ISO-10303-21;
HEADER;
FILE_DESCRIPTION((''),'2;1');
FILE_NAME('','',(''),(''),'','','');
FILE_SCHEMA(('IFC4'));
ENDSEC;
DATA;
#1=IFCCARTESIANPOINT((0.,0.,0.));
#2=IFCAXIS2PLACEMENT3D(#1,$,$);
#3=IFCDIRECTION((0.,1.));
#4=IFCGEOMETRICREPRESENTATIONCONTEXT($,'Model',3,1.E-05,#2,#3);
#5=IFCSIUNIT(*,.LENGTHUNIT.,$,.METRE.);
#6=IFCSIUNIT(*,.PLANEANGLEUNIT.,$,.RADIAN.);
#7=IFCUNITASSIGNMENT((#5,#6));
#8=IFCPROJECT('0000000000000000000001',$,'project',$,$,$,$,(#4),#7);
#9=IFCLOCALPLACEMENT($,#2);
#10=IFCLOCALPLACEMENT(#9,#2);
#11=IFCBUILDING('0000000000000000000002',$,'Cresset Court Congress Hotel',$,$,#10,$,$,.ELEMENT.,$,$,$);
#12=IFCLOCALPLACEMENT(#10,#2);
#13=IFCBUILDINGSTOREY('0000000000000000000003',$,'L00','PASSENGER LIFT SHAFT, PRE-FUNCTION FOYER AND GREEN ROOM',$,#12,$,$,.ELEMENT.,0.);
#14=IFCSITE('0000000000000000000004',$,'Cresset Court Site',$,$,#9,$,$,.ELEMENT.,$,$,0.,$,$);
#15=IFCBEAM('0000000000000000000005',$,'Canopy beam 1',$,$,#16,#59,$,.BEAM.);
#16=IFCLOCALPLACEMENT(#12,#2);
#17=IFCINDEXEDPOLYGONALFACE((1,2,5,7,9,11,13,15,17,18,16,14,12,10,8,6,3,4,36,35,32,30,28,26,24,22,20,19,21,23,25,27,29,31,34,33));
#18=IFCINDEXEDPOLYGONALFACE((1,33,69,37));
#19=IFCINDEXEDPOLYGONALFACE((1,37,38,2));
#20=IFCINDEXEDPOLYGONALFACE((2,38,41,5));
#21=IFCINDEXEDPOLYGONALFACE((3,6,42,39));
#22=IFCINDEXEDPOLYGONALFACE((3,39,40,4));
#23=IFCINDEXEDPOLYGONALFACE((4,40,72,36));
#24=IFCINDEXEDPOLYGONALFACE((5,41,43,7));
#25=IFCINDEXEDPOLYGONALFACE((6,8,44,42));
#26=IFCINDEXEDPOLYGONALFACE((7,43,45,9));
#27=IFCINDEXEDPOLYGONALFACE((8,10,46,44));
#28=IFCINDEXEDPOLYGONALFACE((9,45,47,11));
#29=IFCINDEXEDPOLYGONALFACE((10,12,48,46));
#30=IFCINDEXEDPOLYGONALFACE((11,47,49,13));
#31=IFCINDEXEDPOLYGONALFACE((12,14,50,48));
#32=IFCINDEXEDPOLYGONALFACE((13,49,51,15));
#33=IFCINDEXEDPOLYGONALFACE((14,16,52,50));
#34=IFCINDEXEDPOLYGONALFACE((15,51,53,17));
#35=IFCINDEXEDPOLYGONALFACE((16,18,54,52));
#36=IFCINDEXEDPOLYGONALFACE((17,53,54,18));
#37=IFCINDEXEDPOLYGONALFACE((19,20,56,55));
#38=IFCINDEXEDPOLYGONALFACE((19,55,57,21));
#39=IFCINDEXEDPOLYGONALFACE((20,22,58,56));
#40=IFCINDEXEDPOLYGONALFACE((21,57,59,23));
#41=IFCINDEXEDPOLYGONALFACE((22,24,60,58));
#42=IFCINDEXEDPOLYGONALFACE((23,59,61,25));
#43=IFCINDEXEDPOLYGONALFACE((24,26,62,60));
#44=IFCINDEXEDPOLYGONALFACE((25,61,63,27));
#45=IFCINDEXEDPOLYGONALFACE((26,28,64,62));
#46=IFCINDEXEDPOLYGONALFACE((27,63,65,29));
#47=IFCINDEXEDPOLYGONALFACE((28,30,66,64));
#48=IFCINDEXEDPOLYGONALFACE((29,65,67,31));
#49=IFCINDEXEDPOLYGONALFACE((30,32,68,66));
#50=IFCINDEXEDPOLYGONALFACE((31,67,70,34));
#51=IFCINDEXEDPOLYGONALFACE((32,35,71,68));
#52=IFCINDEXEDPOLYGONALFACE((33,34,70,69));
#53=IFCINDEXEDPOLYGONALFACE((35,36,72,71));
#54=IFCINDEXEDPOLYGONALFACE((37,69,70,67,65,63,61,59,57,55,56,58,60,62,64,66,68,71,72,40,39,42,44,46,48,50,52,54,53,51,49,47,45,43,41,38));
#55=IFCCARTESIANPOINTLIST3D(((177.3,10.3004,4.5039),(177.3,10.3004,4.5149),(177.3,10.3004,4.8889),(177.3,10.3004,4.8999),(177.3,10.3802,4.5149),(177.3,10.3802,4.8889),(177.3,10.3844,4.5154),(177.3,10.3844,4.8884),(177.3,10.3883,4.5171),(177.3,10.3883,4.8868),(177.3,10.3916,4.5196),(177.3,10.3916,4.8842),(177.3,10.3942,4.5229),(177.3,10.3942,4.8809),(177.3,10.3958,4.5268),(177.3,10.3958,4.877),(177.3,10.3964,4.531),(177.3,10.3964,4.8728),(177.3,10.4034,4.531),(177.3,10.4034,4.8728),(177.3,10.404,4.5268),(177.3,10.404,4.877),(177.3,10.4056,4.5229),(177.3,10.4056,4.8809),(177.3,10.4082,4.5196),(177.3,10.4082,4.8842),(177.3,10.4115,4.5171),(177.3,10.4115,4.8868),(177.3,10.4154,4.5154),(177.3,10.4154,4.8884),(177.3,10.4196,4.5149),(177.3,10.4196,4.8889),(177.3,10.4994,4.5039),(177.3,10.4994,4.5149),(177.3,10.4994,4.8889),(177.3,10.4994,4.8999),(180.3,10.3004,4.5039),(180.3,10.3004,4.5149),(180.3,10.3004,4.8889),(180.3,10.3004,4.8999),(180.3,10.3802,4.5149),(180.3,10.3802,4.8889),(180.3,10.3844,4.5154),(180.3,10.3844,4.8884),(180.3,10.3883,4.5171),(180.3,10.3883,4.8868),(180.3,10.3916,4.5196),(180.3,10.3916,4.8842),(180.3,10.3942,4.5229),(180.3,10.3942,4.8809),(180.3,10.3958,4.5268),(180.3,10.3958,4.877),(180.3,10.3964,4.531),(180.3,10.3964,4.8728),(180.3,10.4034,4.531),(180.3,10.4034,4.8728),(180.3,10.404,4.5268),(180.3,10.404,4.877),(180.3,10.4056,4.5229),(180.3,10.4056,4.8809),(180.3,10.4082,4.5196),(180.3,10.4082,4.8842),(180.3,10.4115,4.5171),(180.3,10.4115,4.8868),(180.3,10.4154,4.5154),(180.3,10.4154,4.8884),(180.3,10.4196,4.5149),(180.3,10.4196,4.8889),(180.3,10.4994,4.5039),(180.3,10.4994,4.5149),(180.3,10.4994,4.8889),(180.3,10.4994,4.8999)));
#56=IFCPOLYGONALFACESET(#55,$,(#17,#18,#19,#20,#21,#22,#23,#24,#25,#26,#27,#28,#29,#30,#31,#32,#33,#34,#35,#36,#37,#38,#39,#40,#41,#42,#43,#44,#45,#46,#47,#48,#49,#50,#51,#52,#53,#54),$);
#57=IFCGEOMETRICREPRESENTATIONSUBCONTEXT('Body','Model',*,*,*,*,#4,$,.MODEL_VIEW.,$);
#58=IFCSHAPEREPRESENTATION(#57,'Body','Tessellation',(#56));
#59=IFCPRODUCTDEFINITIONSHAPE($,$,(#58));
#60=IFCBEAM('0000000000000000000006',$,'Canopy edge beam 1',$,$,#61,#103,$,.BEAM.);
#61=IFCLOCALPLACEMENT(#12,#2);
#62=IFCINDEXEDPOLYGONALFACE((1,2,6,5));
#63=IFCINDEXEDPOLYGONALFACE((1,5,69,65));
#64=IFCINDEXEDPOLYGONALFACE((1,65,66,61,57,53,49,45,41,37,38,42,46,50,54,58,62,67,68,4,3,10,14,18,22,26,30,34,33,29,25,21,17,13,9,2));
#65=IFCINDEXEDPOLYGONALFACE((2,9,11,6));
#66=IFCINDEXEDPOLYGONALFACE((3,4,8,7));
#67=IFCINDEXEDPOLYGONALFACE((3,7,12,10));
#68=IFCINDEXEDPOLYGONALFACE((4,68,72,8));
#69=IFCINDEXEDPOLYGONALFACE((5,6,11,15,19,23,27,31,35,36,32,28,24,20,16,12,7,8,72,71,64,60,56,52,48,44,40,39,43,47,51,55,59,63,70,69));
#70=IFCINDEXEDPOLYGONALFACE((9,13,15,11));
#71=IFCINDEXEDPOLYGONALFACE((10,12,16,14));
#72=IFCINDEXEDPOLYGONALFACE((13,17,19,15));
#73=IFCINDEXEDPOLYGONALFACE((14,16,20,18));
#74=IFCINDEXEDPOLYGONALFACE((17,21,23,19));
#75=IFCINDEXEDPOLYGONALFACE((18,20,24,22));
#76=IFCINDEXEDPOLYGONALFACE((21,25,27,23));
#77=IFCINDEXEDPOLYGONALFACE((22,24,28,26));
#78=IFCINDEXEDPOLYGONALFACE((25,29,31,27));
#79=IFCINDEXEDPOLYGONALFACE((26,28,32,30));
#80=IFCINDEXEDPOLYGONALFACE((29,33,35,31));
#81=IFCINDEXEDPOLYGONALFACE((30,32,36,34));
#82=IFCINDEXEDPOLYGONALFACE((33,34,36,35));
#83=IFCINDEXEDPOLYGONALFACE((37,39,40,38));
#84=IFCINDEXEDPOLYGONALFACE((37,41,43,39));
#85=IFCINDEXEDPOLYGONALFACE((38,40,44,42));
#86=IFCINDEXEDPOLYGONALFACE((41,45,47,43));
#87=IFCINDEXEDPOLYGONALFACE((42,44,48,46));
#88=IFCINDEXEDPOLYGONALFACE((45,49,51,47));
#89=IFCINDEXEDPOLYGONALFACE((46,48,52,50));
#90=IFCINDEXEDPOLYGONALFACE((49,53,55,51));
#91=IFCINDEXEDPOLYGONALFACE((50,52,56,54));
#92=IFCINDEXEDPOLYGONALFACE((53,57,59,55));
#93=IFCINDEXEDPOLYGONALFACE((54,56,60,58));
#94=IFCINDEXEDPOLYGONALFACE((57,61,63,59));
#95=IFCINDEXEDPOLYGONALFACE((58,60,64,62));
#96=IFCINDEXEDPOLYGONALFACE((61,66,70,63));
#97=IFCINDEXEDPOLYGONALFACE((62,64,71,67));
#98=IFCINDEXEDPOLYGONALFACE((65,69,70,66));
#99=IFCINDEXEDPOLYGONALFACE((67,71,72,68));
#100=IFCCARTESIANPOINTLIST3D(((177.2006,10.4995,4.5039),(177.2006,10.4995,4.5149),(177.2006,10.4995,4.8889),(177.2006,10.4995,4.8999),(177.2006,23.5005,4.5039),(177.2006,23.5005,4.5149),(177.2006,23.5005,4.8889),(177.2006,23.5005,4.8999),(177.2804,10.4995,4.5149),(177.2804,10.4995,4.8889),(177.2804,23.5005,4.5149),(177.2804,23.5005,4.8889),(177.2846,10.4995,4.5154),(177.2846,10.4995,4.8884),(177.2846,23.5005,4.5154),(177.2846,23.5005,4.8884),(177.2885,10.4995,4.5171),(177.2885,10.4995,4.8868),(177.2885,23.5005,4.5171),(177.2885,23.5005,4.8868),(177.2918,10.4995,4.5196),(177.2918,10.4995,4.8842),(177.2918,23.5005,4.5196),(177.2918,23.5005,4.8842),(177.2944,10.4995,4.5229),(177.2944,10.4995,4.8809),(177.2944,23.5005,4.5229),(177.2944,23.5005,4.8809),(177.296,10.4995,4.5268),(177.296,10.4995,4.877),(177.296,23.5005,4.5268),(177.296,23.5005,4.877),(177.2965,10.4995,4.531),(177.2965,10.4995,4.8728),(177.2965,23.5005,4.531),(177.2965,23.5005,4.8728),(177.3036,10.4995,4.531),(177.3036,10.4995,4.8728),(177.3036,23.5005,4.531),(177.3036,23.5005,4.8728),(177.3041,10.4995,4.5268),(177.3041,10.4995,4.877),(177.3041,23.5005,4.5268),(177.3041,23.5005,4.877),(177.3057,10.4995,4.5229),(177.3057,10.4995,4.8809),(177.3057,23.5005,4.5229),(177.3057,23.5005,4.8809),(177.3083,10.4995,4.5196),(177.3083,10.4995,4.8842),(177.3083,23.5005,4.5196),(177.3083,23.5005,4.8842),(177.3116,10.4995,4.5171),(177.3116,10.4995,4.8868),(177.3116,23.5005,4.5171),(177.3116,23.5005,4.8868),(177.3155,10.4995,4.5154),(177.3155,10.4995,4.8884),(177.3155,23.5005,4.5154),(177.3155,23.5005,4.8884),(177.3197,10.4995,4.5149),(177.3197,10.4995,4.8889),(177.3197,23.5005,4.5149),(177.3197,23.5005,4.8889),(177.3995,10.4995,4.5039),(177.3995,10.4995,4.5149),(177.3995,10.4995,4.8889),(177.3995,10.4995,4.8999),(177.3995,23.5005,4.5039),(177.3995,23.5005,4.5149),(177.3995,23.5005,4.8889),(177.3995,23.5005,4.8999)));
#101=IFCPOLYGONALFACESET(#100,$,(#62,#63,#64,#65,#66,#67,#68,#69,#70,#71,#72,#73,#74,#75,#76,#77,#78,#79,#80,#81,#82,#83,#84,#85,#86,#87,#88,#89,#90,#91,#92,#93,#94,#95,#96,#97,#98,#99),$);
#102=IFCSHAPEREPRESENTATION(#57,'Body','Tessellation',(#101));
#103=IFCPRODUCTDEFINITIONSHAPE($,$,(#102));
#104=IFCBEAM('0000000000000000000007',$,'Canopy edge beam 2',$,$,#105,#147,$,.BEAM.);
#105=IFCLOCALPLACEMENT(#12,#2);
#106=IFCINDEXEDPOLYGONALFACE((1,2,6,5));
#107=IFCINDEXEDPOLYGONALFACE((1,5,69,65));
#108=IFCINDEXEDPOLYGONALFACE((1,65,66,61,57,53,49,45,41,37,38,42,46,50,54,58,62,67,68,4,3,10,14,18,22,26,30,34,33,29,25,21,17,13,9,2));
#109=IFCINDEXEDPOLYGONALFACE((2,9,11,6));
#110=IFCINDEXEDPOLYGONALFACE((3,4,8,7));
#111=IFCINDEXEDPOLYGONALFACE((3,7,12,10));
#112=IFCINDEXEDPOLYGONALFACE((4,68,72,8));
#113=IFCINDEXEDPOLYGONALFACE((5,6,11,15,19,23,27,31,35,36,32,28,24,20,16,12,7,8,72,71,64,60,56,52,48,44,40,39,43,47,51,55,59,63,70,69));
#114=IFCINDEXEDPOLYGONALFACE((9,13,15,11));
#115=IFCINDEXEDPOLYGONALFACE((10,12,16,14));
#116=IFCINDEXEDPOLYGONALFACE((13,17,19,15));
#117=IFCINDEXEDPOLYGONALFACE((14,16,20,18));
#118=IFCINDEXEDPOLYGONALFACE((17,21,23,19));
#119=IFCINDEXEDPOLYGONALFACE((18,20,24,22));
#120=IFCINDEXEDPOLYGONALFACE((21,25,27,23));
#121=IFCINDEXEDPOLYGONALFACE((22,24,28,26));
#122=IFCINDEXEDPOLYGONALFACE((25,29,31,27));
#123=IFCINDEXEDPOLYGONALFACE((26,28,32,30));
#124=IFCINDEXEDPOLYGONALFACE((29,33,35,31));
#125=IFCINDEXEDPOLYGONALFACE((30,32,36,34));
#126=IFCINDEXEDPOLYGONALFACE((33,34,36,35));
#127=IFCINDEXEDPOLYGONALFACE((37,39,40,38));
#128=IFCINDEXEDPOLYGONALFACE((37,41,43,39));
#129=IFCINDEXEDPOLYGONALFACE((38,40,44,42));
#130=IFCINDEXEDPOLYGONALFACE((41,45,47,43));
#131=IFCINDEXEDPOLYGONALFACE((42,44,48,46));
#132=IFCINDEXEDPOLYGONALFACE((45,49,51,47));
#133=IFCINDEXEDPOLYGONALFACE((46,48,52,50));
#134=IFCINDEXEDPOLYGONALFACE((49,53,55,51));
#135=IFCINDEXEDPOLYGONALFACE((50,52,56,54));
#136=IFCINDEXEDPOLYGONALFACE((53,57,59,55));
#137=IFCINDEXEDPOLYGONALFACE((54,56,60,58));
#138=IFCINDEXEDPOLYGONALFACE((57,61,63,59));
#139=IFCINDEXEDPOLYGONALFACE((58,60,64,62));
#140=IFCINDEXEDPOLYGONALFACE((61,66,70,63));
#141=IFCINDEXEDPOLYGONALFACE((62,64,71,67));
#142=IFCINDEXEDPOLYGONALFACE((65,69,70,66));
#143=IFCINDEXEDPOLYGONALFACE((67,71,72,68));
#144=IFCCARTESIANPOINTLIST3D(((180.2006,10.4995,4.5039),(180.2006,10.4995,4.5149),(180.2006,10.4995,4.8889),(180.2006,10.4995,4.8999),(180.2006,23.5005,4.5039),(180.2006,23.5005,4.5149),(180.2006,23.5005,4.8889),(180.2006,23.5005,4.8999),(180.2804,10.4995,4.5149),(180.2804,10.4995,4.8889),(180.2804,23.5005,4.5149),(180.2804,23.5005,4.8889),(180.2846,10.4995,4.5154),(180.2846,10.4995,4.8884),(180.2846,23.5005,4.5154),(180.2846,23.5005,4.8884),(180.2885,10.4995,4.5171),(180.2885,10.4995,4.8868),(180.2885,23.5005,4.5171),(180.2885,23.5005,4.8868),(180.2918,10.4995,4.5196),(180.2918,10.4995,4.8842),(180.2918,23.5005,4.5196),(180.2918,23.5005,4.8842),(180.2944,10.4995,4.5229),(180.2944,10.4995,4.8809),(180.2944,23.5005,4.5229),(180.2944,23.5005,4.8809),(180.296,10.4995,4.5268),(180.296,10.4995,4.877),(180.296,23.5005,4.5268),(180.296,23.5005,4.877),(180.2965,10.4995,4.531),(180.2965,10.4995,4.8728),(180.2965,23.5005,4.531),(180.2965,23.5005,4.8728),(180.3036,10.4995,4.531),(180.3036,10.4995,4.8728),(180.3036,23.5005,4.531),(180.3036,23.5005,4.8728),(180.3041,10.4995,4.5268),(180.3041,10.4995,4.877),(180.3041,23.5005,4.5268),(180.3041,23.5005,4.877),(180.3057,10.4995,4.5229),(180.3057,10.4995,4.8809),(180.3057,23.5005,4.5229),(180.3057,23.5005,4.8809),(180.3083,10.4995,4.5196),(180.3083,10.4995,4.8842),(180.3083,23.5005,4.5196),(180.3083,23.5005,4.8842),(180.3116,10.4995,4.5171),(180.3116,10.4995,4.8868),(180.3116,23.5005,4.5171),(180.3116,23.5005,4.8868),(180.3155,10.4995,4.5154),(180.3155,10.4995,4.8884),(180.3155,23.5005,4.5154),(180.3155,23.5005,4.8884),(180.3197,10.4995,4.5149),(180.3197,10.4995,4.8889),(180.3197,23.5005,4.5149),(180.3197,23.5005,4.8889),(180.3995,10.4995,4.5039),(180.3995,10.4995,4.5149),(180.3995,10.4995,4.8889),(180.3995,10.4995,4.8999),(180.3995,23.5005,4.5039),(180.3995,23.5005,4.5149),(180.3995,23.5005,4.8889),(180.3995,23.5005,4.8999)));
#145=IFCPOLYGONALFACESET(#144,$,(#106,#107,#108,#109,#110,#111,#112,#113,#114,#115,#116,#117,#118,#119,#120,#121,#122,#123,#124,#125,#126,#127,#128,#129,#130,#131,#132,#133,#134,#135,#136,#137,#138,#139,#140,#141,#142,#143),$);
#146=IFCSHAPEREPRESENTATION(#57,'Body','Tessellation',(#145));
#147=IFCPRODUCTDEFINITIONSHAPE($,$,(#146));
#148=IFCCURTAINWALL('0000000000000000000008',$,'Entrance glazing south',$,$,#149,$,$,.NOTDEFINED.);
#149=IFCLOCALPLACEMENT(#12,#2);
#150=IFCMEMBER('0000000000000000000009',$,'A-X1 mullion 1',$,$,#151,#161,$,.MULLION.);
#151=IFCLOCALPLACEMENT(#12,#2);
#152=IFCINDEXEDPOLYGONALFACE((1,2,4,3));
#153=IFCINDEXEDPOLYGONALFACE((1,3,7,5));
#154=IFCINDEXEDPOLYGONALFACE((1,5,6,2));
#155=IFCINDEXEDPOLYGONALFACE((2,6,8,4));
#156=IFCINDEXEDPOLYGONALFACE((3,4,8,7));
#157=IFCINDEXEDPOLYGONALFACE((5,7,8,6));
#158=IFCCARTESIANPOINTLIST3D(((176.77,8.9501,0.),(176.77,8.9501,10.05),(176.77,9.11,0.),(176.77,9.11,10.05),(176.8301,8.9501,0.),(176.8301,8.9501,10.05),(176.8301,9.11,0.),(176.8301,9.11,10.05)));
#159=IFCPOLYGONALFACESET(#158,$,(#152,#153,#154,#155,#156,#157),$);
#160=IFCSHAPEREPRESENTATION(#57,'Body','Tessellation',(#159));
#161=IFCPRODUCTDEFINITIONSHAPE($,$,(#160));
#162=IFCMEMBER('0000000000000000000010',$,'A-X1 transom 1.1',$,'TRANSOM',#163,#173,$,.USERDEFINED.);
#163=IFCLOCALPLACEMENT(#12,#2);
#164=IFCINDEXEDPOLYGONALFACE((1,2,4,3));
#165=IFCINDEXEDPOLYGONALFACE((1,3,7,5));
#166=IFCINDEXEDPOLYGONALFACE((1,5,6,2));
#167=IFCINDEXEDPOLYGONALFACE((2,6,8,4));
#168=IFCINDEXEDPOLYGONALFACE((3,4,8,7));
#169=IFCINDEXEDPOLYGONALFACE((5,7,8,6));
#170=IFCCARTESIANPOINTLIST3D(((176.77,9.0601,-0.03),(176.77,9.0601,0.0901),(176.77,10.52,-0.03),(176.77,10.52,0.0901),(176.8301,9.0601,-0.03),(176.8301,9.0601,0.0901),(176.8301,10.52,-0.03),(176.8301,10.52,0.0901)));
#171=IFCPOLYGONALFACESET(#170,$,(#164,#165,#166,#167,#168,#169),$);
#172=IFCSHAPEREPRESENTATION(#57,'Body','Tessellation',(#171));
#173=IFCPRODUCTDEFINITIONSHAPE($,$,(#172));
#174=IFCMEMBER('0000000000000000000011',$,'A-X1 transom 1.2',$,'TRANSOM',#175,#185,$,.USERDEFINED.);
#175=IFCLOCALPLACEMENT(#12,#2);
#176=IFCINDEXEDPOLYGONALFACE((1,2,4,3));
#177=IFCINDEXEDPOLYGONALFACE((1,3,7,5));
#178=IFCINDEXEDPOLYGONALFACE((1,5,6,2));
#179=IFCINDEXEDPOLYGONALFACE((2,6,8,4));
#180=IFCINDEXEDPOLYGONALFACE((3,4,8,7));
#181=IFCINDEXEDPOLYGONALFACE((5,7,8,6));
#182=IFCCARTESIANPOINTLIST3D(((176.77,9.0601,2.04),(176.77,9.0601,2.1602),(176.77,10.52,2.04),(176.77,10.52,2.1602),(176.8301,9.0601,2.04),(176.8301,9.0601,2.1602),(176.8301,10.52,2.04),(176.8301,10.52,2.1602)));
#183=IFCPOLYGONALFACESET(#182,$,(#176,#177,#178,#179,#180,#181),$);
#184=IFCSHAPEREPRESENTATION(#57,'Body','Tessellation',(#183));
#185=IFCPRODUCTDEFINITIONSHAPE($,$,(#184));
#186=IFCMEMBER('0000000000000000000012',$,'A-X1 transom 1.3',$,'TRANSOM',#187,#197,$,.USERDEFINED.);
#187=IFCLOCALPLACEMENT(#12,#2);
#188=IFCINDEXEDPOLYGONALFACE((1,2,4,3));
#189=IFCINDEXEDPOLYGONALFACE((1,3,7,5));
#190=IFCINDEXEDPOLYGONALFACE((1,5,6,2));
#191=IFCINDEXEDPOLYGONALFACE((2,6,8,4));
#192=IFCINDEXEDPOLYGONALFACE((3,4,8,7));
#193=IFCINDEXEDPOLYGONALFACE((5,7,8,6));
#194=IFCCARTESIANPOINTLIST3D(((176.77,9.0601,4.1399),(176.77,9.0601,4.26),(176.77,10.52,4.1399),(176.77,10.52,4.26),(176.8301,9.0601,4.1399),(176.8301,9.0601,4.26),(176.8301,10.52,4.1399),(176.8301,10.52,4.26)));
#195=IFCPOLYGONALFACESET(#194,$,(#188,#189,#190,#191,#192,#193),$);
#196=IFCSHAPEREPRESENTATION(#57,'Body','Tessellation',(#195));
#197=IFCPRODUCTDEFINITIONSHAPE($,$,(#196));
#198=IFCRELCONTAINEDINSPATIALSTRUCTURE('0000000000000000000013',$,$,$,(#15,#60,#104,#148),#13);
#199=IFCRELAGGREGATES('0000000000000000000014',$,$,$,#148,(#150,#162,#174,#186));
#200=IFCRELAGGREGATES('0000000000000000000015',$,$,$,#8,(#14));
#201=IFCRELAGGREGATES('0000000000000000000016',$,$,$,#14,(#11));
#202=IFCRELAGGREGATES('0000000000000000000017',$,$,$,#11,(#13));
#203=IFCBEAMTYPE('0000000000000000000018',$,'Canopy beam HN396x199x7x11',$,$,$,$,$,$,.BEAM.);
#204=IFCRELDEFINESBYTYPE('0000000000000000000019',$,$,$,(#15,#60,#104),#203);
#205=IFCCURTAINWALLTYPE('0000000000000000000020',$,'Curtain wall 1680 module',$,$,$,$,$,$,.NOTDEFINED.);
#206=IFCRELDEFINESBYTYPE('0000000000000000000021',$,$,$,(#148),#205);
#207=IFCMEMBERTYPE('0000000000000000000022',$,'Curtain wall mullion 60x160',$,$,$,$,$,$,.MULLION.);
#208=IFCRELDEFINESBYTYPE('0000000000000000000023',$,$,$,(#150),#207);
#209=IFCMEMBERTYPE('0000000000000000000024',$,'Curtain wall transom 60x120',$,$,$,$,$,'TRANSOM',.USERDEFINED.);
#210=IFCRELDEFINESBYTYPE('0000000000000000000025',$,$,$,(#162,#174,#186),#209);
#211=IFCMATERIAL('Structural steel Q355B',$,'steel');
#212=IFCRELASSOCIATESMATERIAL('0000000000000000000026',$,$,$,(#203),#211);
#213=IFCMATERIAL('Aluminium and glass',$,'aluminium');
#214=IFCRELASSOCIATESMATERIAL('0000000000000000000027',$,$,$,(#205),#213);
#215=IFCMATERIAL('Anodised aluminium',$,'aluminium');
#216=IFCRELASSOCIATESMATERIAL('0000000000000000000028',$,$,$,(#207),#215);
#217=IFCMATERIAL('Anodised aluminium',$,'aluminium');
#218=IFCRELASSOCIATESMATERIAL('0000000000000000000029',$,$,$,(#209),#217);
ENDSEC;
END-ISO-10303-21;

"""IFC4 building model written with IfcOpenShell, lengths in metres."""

from ifc_helpers import new_model, si_unit, direction, frame, origin, origin_2d, place, context, subcontext, project, spatial, rectangle, i_section, extrude, material, material_profile, profile_set, type_object, element, aggregate, save


model = new_model("IFC4")

# Units and contexts
model_context = context("Model", 3, precision=1e-05, world=origin(), true_north=direction((0.0, 1.0)))
body_context = subcontext(model_context, "Body", "Model", "MODEL_VIEW")
ifc_project = project(units=[si_unit("LENGTHUNIT", "METRE"), si_unit("PLANEANGLEUNIT", "RADIAN")], contexts=[model_context])

# Site, building, storey
site_placement = place(None, origin())
site = spatial("IfcSite", under=ifc_project, at=site_placement, Name="Cresset Court Site", CompositionType="ELEMENT", RefElevation=0.0)
building_placement = place(site_placement, origin())
building = spatial("IfcBuilding", under=site, at=building_placement, Name="Cresset Court Congress Hotel", CompositionType="ELEMENT")
storey_placement = place(building_placement, origin())
storey = spatial("IfcBuildingStorey", under=building, at=storey_placement, Name="L00", Description="PASSENGER LIFT SHAFT, PRE-FUNCTION FOYER AND GREEN ROOM", CompositionType="ELEMENT", Elevation=0.0)

# Beams
ifc_material_1 = material(Name="Structural steel Q355B", Category="steel")
ifc_material_profile_1 = material_profile(ifc_material_1, i_section(OverallWidth=0.199, OverallDepth=0.396, WebThickness=0.0071, FlangeThickness=0.011, FilletRadius=0.0161, at=origin_2d()), Name="HN396x199x7x11")
ifc_profile_set_1 = profile_set([ifc_material_profile_1], Name="Structural steel Q355B")
beam_type = type_object("IfcBeamType", Name="Canopy beam HN396x199x7x11", PredefinedType="BEAM", material=ifc_profile_set_1)
beam_placement = place(storey_placement, frame((177.3, 10.3999, 4.7019), z_axis=(1.0, 0.0, 0.0), x_axis=(0.0, 1.0, 0.0)))
element("IfcBeam", 1, at=beam_placement, inside=storey, type_object=beam_type, Name="Canopy beam 1", PredefinedType="BEAM", context=body_context, shape_type="SweptSolid", body=[
    extrude(i_section(OverallWidth=0.199, OverallDepth=0.396, WebThickness=0.0071, FlangeThickness=0.011, FilletRadius=0.0161, at=origin_2d()), origin(), (0.0, 0.0, 1.0), 3.0),
])
for number, where, z_axis, x_axis, name in (
    (2, (177.3, 10.4995, 4.7019), (0.0, 1.0, 0.0), (-1.0, 0.0, 0.0), "Canopy edge beam 1"),
    (3, (180.3, 10.4995, 4.7019), (0.0, 1.0, 0.0), (-1.0, 0.0, 0.0), "Canopy edge beam 2"),
):
    element("IfcBeam", number, at=place(storey_placement, frame(where, z_axis=z_axis, x_axis=x_axis)), inside=storey, type_object=beam_type, Name=name, PredefinedType="BEAM", context=body_context, shape_type="SweptSolid", body=[
        extrude(i_section(OverallWidth=0.199, OverallDepth=0.396, WebThickness=0.0071, FlangeThickness=0.011, FilletRadius=0.0161, at=origin_2d()), origin(), (0.0, 0.0, 1.0), 13.001),
    ])

# Curtain wall, members
ifc_material_2 = material(Name="Aluminium and glass", Category="aluminium")
curtain_wall_type = type_object("IfcCurtainWallType", Name="Curtain wall 1680 module", PredefinedType="NOTDEFINED", material=ifc_material_2)
curtain_wall_placement = place(storey_placement, origin())
curtain_wall = element("IfcCurtainWall", 4, at=curtain_wall_placement, inside=storey, type_object=curtain_wall_type, Name="Entrance glazing south", PredefinedType="NOTDEFINED")
ifc_material_3 = material(Name="Anodised aluminium", Category="aluminium")
ifc_material_profile_2 = material_profile(ifc_material_3, rectangle(XDim=0.0601, YDim=0.1599, at=origin_2d()), Name="AL60x160")
ifc_profile_set_2 = profile_set([ifc_material_profile_2], Name="Anodised aluminium")
member_type_1 = type_object("IfcMemberType", Name="Curtain wall mullion 60x160", PredefinedType="MULLION", material=ifc_profile_set_2)
member_1_placement = place(storey_placement, frame((176.8, 9.03, 0.0), z_axis=(0.0, 0.0, 1.0), x_axis=(-1.0, 0.0, 0.0)))
member_1 = element("IfcMember", 5, at=member_1_placement, type_object=member_type_1, Name="A-X1 mullion 1", PredefinedType="MULLION", context=body_context, shape_type="SweptSolid", body=[
    extrude(rectangle(XDim=0.0601, YDim=0.1599, at=origin_2d()), origin(), (0.0, 0.0, 1.0), 10.05),
])
ifc_material_4 = material(Name="Anodised aluminium", Category="aluminium")
ifc_material_profile_3 = material_profile(ifc_material_4, rectangle(XDim=0.0601, YDim=0.1201, at=origin_2d()), Name="AL60x120")
ifc_profile_set_3 = profile_set([ifc_material_profile_3], Name="Anodised aluminium")
member_type_2 = type_object("IfcMemberType", Name="Curtain wall transom 60x120", ElementType="TRANSOM", PredefinedType="USERDEFINED", material=ifc_profile_set_3)
member_2_placement = place(storey_placement, frame((176.8, 9.0601, 0.03), z_axis=(0.0, 1.0, 0.0), x_axis=(-1.0, 0.0, 0.0)))
member_2 = element("IfcMember", 6, at=member_2_placement, type_object=member_type_2, Name="A-X1 transom 1.1", ObjectType="TRANSOM", PredefinedType="USERDEFINED", context=body_context, shape_type="SweptSolid", body=[
    extrude(rectangle(XDim=0.0601, YDim=0.1201, at=origin_2d()), origin(), (0.0, 0.0, 1.0), 1.46),
])
member_3_placement = place(storey_placement, frame((176.8, 9.0601, 2.1001), z_axis=(0.0, 1.0, 0.0), x_axis=(-1.0, 0.0, 0.0)))
member_3 = element("IfcMember", 7, at=member_3_placement, type_object=member_type_2, Name="A-X1 transom 1.2", ObjectType="TRANSOM", PredefinedType="USERDEFINED", context=body_context, shape_type="SweptSolid", body=[
    extrude(rectangle(XDim=0.0601, YDim=0.1201, at=origin_2d()), origin(), (0.0, 0.0, 1.0), 1.46),
])
member_4_placement = place(storey_placement, frame((176.8, 9.0601, 4.2), z_axis=(0.0, 1.0, 0.0), x_axis=(-1.0, 0.0, 0.0)))
member_4 = element("IfcMember", 8, at=member_4_placement, type_object=member_type_2, Name="A-X1 transom 1.3", ObjectType="TRANSOM", PredefinedType="USERDEFINED", context=body_context, shape_type="SweptSolid", body=[
    extrude(rectangle(XDim=0.0601, YDim=0.1201, at=origin_2d()), origin(), (0.0, 0.0, 1.0), 1.46),
])
aggregate(curtain_wall, [member_1, member_2, member_3, member_4])

save(model, "model.ifc")
